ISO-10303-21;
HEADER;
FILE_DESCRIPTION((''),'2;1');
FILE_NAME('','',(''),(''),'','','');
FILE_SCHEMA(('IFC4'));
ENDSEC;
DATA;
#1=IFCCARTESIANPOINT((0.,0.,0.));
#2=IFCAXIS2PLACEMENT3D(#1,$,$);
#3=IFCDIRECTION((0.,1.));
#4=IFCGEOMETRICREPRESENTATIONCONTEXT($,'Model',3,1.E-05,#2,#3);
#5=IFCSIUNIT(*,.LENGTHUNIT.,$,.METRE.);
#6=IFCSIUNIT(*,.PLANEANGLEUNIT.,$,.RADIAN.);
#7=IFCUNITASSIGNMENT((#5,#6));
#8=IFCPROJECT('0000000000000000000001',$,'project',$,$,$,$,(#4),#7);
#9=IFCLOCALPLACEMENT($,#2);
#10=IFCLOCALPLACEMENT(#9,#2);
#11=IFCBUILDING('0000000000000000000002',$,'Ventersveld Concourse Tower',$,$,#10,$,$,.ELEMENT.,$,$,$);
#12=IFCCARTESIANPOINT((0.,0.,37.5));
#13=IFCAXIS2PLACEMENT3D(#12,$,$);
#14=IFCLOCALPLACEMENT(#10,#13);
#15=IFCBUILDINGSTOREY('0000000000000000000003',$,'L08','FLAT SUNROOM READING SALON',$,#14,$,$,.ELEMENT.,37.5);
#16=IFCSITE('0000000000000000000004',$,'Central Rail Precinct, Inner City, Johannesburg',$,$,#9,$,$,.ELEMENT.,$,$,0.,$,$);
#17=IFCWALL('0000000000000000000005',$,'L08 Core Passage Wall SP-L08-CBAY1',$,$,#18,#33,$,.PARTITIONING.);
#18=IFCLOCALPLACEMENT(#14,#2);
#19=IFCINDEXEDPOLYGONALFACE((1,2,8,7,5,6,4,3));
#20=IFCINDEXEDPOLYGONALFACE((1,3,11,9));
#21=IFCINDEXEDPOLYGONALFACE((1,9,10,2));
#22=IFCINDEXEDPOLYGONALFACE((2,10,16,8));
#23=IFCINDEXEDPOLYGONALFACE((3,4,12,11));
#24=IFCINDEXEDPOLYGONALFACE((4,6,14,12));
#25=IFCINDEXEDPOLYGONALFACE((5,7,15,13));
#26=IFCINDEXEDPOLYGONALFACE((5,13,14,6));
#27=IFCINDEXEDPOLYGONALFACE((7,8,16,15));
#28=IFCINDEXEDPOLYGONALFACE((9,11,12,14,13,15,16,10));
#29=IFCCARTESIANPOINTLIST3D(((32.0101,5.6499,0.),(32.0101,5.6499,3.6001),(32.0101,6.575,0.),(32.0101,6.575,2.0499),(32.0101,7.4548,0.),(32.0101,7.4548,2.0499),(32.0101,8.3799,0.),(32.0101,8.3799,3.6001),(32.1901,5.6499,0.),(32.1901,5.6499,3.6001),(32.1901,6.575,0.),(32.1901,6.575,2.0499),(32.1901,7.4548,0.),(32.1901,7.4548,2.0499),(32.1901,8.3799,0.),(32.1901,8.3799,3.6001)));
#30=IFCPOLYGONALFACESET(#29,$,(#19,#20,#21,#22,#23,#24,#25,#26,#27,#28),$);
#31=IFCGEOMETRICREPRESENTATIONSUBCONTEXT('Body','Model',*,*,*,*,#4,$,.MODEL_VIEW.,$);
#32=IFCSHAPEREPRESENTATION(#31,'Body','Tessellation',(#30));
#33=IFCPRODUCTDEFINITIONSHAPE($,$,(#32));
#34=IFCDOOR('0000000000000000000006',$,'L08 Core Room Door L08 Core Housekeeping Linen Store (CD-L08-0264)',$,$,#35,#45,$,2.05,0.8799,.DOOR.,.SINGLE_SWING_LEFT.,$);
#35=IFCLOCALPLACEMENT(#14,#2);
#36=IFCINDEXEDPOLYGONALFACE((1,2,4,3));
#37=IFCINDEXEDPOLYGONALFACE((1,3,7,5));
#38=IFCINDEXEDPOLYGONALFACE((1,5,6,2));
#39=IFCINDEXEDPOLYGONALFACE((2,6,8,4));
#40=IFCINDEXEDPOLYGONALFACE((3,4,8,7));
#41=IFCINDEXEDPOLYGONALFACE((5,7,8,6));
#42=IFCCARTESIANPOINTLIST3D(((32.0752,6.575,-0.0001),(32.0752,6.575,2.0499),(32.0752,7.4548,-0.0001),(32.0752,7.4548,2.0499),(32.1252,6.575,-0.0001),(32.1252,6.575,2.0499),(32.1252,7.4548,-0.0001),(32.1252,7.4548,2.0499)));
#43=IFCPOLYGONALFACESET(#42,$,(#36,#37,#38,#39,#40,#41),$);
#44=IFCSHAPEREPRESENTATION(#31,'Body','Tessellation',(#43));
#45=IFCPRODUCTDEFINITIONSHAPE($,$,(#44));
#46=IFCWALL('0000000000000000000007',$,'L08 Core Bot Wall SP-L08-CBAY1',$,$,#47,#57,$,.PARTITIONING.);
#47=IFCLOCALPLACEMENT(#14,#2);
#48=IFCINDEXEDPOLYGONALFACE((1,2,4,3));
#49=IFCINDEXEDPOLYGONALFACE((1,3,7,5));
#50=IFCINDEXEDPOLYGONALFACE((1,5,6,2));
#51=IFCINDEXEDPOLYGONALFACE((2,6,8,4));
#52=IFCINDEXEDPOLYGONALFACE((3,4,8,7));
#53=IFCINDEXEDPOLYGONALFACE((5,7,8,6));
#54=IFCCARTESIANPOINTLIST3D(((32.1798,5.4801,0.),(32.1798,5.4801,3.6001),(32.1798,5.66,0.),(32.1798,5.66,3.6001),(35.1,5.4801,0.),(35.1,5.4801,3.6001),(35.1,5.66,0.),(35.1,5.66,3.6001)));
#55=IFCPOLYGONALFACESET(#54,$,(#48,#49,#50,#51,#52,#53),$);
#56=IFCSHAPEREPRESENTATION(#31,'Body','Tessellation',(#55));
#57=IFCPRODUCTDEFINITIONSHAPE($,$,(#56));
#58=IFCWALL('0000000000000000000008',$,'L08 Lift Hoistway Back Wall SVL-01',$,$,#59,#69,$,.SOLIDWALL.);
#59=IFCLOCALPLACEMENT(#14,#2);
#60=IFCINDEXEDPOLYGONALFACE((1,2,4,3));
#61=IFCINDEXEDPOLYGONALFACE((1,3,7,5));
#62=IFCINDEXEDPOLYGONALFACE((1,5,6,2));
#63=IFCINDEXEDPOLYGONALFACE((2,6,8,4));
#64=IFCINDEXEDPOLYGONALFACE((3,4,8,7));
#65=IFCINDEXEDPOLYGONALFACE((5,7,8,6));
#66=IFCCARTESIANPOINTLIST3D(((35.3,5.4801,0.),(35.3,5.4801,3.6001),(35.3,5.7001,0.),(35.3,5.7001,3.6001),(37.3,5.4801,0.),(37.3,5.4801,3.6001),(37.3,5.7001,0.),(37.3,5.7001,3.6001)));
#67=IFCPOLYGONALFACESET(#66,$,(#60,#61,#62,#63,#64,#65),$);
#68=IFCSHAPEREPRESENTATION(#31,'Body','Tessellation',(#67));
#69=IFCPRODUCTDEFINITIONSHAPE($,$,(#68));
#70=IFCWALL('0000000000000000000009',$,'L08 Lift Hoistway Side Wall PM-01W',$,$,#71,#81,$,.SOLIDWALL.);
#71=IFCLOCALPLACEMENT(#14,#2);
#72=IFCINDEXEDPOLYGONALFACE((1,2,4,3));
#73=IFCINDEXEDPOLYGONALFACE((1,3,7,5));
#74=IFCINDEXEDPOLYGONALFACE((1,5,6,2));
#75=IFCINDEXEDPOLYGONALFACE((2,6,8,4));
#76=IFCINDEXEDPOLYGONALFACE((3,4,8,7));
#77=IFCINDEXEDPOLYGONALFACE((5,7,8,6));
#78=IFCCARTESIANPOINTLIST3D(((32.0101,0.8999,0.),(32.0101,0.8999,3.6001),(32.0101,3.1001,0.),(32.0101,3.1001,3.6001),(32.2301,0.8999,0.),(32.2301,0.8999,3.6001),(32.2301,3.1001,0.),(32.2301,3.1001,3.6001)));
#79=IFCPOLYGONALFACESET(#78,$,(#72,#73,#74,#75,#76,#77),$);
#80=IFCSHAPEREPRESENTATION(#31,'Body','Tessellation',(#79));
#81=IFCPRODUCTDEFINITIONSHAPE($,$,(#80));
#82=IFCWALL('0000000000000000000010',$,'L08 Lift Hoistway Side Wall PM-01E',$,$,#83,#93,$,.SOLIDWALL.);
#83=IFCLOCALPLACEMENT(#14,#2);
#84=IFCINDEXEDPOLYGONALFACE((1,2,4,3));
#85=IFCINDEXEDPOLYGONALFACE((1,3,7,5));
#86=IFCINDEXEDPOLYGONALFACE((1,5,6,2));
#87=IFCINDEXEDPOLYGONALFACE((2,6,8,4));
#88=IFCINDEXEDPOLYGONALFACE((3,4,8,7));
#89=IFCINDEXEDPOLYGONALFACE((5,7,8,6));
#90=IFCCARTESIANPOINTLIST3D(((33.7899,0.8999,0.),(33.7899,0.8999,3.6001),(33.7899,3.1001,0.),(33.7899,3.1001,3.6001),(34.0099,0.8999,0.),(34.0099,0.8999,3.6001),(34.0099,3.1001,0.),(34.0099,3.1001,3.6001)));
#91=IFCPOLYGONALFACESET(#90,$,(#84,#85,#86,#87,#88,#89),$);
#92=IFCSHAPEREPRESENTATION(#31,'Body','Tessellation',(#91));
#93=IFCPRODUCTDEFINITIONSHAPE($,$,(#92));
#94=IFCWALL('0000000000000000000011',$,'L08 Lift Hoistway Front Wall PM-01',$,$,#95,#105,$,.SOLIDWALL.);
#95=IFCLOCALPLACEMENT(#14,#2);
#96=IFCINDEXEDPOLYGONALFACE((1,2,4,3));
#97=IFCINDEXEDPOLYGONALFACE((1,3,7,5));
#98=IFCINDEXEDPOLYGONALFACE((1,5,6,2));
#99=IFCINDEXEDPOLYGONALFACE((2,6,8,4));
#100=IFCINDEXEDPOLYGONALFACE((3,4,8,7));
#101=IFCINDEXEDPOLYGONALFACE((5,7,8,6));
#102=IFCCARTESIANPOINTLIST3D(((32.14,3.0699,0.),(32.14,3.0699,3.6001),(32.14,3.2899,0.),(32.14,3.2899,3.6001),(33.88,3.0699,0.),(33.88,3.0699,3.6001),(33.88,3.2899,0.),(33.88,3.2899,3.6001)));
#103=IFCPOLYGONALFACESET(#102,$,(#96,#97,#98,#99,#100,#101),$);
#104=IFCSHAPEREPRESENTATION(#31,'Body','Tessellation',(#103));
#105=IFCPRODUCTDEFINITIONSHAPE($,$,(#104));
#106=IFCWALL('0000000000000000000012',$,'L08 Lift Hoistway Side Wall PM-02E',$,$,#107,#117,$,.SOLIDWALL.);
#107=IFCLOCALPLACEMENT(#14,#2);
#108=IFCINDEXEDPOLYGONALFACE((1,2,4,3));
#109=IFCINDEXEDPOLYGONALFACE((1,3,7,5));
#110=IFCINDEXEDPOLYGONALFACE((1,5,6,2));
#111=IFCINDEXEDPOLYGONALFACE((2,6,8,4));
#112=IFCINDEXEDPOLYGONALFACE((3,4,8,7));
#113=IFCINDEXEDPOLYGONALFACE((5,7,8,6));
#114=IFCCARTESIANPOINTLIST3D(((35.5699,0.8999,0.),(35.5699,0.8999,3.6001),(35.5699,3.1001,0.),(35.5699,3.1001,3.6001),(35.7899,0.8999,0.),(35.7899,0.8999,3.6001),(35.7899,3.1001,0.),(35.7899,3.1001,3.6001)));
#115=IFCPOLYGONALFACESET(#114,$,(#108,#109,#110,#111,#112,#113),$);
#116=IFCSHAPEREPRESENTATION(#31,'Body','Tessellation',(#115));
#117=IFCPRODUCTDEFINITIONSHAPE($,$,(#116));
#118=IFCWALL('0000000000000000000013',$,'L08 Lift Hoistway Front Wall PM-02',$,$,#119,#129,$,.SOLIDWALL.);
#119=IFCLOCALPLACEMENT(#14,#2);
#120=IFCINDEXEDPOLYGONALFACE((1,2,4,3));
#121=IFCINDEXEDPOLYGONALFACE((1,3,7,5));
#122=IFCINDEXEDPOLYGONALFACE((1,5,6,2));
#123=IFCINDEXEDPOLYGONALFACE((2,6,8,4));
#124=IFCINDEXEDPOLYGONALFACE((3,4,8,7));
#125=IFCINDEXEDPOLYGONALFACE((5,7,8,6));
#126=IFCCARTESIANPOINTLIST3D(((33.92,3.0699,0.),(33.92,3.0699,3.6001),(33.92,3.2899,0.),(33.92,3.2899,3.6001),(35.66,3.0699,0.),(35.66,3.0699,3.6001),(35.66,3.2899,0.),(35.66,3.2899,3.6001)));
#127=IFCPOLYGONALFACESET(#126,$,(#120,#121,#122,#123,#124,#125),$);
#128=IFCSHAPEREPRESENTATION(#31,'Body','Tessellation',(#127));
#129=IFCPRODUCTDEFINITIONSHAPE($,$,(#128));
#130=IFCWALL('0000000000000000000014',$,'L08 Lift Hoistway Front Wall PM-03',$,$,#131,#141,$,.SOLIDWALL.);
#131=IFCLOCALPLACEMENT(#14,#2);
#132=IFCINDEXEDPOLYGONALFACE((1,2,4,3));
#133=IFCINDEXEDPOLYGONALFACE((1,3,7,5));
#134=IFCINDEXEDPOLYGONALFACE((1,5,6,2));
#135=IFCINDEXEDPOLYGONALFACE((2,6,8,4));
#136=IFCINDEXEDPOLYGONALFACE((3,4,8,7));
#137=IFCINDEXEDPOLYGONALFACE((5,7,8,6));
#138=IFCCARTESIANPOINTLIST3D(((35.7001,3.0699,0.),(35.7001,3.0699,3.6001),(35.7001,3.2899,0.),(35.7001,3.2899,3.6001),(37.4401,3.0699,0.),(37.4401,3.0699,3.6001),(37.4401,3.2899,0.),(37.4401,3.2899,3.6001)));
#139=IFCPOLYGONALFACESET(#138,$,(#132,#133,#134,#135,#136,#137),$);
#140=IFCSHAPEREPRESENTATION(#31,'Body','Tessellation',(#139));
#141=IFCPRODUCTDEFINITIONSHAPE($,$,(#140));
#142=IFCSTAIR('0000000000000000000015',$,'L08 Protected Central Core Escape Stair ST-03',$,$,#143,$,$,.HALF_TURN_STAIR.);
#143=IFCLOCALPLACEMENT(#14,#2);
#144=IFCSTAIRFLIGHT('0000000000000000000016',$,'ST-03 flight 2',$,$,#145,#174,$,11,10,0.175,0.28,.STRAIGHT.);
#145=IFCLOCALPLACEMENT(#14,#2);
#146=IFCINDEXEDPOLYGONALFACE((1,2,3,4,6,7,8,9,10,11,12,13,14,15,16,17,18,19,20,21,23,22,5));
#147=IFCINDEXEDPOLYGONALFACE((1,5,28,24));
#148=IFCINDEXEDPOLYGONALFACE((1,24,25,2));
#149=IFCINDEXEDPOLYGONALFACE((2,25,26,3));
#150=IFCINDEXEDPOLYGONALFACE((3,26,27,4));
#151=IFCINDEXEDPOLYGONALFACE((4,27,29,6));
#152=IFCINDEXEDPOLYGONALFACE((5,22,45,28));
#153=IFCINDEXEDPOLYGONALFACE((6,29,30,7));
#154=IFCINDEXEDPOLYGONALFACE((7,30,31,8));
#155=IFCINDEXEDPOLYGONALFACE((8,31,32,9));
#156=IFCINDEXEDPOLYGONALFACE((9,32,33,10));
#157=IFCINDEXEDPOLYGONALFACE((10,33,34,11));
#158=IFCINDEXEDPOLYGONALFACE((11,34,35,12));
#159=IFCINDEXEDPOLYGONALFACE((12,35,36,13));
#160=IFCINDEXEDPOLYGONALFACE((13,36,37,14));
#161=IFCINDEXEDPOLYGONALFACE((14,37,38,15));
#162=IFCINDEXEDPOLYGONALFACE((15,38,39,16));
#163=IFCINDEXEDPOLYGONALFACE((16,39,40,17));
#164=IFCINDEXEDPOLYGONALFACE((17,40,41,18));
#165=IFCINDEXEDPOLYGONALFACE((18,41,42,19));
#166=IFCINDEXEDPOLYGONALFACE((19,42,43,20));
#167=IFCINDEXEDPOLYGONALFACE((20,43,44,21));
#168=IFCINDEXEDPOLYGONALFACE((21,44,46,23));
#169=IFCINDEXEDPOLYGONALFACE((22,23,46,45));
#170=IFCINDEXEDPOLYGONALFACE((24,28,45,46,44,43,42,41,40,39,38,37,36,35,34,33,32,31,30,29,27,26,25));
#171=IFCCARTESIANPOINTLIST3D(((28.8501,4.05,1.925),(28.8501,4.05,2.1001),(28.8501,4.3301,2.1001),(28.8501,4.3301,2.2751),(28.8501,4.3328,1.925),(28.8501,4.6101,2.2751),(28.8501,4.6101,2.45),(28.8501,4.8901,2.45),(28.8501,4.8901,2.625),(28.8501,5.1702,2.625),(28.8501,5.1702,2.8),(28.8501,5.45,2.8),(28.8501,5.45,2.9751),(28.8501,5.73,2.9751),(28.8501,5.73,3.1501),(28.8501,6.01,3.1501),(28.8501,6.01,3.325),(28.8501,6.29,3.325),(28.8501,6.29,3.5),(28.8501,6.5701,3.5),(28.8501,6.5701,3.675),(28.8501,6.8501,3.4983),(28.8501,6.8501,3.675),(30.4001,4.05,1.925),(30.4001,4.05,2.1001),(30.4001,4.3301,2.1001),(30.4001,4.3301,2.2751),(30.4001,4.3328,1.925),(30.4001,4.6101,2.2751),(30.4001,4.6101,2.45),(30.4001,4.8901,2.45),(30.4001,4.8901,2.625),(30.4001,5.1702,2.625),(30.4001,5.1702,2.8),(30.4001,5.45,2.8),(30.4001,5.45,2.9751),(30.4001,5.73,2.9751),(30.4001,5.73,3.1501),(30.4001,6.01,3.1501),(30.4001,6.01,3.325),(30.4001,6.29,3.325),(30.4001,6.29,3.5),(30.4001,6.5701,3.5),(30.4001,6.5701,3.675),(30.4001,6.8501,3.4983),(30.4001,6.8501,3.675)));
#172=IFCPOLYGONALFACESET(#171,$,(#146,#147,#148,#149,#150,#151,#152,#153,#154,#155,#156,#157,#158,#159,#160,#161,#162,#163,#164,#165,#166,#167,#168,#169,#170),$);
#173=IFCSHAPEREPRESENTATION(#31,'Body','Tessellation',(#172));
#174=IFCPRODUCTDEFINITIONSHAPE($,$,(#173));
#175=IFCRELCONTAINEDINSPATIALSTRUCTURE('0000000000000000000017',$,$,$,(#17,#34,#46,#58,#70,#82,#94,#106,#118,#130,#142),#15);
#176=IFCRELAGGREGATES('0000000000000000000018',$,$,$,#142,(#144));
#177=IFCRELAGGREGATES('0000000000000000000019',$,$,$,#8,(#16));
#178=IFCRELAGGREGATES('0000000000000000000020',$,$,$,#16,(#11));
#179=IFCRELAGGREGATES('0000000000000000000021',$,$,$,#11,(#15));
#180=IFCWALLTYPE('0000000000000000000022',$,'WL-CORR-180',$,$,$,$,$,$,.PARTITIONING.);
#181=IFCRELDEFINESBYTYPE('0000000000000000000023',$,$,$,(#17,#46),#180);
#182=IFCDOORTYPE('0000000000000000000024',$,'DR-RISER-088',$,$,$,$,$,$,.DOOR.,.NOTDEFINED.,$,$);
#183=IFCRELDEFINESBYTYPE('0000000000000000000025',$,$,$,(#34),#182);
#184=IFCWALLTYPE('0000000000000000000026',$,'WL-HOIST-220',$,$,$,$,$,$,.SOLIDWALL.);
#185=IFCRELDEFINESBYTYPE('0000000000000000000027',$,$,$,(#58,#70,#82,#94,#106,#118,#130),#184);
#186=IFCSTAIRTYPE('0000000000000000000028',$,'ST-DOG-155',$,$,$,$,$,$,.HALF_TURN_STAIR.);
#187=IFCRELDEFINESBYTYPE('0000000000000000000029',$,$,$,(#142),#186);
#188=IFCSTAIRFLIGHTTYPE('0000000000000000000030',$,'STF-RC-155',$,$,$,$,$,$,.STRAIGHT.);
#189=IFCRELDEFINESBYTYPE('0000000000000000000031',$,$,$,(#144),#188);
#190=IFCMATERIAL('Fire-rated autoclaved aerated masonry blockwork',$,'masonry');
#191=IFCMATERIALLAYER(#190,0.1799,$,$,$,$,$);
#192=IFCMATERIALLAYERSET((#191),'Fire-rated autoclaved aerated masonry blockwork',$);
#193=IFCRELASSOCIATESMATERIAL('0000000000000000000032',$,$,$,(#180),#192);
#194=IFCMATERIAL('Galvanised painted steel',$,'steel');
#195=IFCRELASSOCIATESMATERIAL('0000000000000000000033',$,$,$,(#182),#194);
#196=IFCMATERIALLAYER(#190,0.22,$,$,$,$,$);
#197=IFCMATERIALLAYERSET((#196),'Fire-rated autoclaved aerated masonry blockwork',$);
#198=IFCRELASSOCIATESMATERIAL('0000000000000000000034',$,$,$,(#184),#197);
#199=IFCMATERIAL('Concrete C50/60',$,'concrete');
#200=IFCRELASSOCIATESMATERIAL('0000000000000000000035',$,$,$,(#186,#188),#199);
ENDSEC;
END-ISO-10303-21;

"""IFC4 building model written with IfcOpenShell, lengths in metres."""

from ifc_helpers import new_model, si_unit, direction, frame, frame_2d, origin, place, context, subcontext, project, spatial, polyline, rectangle, outline, extrude, material, layer, layer_set, type_object, element, fill, aggregate, save


model = new_model("IFC4")

# Units and contexts
model_context = context("Model", 3, precision=1e-05, world=origin(), true_north=direction((0.0, 1.0)))
body_context = subcontext(model_context, "Body", "Model", "MODEL_VIEW")
ifc_project = project(units=[si_unit("LENGTHUNIT", "METRE"), si_unit("PLANEANGLEUNIT", "RADIAN")], contexts=[model_context])

# Site, building, storey
site_placement = place(None, origin())
site = spatial("IfcSite", under=ifc_project, at=site_placement, Name="Central Rail Precinct, Inner City, Johannesburg", CompositionType="ELEMENT", RefElevation=0.0)
building_placement = place(site_placement, origin())
building = spatial("IfcBuilding", under=site, at=building_placement, Name="Ventersveld Concourse Tower", CompositionType="ELEMENT")
storey_placement = place(building_placement, frame((0.0, 0.0, 37.5)))
storey = spatial("IfcBuildingStorey", under=building, at=storey_placement, Name="L08", Description="FLAT SUNROOM READING SALON", CompositionType="ELEMENT", Elevation=37.5)

# Shared definitions
ifc_material_1 = material(Name="Concrete C50/60", Category="concrete")

# Wall, opening, door
ifc_material_2 = material(Name="Fire-rated autoclaved aerated masonry blockwork", Category="masonry")
ifc_layer_1 = layer(ifc_material_2, 0.1799)
ifc_layer_set_1 = layer_set([ifc_layer_1], Name="Fire-rated autoclaved aerated masonry blockwork")
wall_type_1 = type_object("IfcWallType", Name="WL-CORR-180", PredefinedType="PARTITIONING", material=ifc_layer_set_1)
wall_1_placement = place(storey_placement, frame((32.1001, 5.6499, 0.0), z_axis=(0.0, 0.0, 1.0), x_axis=(0.0, 1.0, 0.0)))
wall_1 = element("IfcWall", 1, at=wall_1_placement, inside=storey, type_object=wall_type_1, Name="L08 Core Passage Wall SP-L08-CBAY1", PredefinedType="PARTITIONING", context=body_context, shape_type="SweptSolid", body=[
    extrude(rectangle(XDim=2.73, YDim=0.1799, at=frame_2d((1.365, 0.0))), origin(), (0.0, 0.0, 1.0), 3.6001),
])
opening_placement = place(wall_1_placement, frame((0.925, 0.0, 0.0)))
opening = element("IfcOpeningElement", 2, at=opening_placement, cuts=wall_1, PredefinedType="OPENING", context=body_context, shape_type="SweptSolid", body=[
    extrude(rectangle(XDim=0.8799, YDim=2.05, at=frame_2d((0.4399, 1.0249))), frame((0.0, 0.1001, 0.0), z_axis=(0.0, -1.0, 0.0), x_axis=(1.0, 0.0, 0.0)), (0.0, 0.0, 1.0), 0.2),
])
ifc_material_3 = material(Name="Galvanised painted steel", Category="steel")
door_type = type_object("IfcDoorType", Name="DR-RISER-088", OperationType="NOTDEFINED", PredefinedType="DOOR", material=ifc_material_3)
door_placement = place(opening_placement, origin())
door = element("IfcDoor", 3, at=door_placement, inside=storey, type_object=door_type, Name="L08 Core Room Door L08 Core Housekeeping Linen Store (CD-L08-0264)", OperationType="SINGLE_SWING_LEFT", OverallHeight=2.05, OverallWidth=0.8799, PredefinedType="DOOR", context=body_context, shape_type="SweptSolid", body=[
    extrude(rectangle(XDim=0.8799, YDim=2.05, at=frame_2d((0.4399, 1.0249))), frame((0.0, 0.0249, 0.0), z_axis=(0.0, -1.0, 0.0), x_axis=(1.0, 0.0, 0.0)), (0.0, 0.0, 1.0), 0.05),
])
fill(opening, door)

# Walls
wall_2_placement = place(storey_placement, frame((32.1799, 5.5701, 0.0), z_axis=(0.0, 0.0, 1.0), x_axis=(1.0, 0.0, 0.0)))
element("IfcWall", 4, at=wall_2_placement, inside=storey, type_object=wall_type_1, Name="L08 Core Bot Wall SP-L08-CBAY1", PredefinedType="PARTITIONING", context=body_context, shape_type="SweptSolid", body=[
    extrude(rectangle(XDim=2.9202, YDim=0.1799, at=frame_2d((1.46, 0.0))), origin(), (0.0, 0.0, 1.0), 3.6001),
])
ifc_layer_2 = layer(ifc_material_2, 0.22)
ifc_layer_set_2 = layer_set([ifc_layer_2], Name="Fire-rated autoclaved aerated masonry blockwork")
wall_type_2 = type_object("IfcWallType", Name="WL-HOIST-220", PredefinedType="SOLIDWALL", material=ifc_layer_set_2)
wall_3_placement = place(storey_placement, frame((35.3, 5.5901, 0.0), z_axis=(0.0, 0.0, 1.0), x_axis=(1.0, 0.0, 0.0)))
element("IfcWall", 5, at=wall_3_placement, inside=storey, type_object=wall_type_2, Name="L08 Lift Hoistway Back Wall SVL-01", PredefinedType="SOLIDWALL", context=body_context, shape_type="SweptSolid", body=[
    extrude(rectangle(XDim=2.0, YDim=0.22, at=frame_2d((1.0, 0.0))), origin(), (0.0, 0.0, 1.0), 3.6001),
])
for number, where, z_axis, x_axis, name in (
    (6, (32.1201, 0.8999, 0.0), (0.0, 0.0, 1.0), (0.0, 1.0, 0.0), "L08 Lift Hoistway Side Wall PM-01W"),
    (7, (33.8999, 0.8999, 0.0), (0.0, 0.0, 1.0), (0.0, 1.0, 0.0), "L08 Lift Hoistway Side Wall PM-01E"),
):
    element("IfcWall", number, at=place(storey_placement, frame(where, z_axis=z_axis, x_axis=x_axis)), inside=storey, type_object=wall_type_2, Name=name, PredefinedType="SOLIDWALL", context=body_context, shape_type="SweptSolid", body=[
        extrude(rectangle(XDim=2.2002, YDim=0.22, at=frame_2d((1.1001, 0.0))), origin(), (0.0, 0.0, 1.0), 3.6001),
    ])
wall_4_placement = place(storey_placement, frame((32.1399, 3.1799, 0.0), z_axis=(0.0, 0.0, 1.0), x_axis=(1.0, 0.0, 0.0)))
element("IfcWall", 8, at=wall_4_placement, inside=storey, type_object=wall_type_2, Name="L08 Lift Hoistway Front Wall PM-01", PredefinedType="SOLIDWALL", context=body_context, shape_type="SweptSolid", body=[
    extrude(rectangle(XDim=1.74, YDim=0.22, at=frame_2d((0.8701, 0.0))), origin(), (0.0, 0.0, 1.0), 3.6001),
])
wall_5_placement = place(storey_placement, frame((35.6799, 0.8999, 0.0), z_axis=(0.0, 0.0, 1.0), x_axis=(0.0, 1.0, 0.0)))
element("IfcWall", 9, at=wall_5_placement, inside=storey, type_object=wall_type_2, Name="L08 Lift Hoistway Side Wall PM-02E", PredefinedType="SOLIDWALL", context=body_context, shape_type="SweptSolid", body=[
    extrude(rectangle(XDim=2.2002, YDim=0.22, at=frame_2d((1.1001, 0.0))), origin(), (0.0, 0.0, 1.0), 3.6001),
])
for number, where, z_axis, x_axis, name in (
    (10, (33.9199, 3.1799, 0.0), (0.0, 0.0, 1.0), (1.0, 0.0, 0.0), "L08 Lift Hoistway Front Wall PM-02"),
    (11, (35.7, 3.1799, 0.0), (0.0, 0.0, 1.0), (1.0, 0.0, 0.0), "L08 Lift Hoistway Front Wall PM-03"),
):
    element("IfcWall", number, at=place(storey_placement, frame(where, z_axis=z_axis, x_axis=x_axis)), inside=storey, type_object=wall_type_2, Name=name, PredefinedType="SOLIDWALL", context=body_context, shape_type="SweptSolid", body=[
        extrude(rectangle(XDim=1.74, YDim=0.22, at=frame_2d((0.8701, 0.0))), origin(), (0.0, 0.0, 1.0), 3.6001),
    ])

# Stair, stair flight
stair_type = type_object("IfcStairType", Name="ST-DOG-155", PredefinedType="HALF_TURN_STAIR", material=ifc_material_1)
stair_placement = place(storey_placement, origin())
stair = element("IfcStair", 12, at=stair_placement, inside=storey, type_object=stair_type, Name="L08 Protected Central Core Escape Stair ST-03", PredefinedType="HALF_TURN_STAIR")
stair_flight_type = type_object("IfcStairFlightType", Name="STF-RC-155", PredefinedType="STRAIGHT", material=ifc_material_1)
stair_flight_placement = place(storey_placement, frame((29.625, 4.05, 1.925), z_axis=(0.0, 0.0, 1.0), x_axis=(0.0, 1.0, 0.0)))
stair_flight = element("IfcStairFlight", 13, at=stair_flight_placement, type_object=stair_flight_type, Name="ST-03 flight 2", NumberOfRisers=11, NumberOfTreads=10, PredefinedType="STRAIGHT", RiserHeight=0.175, TreadLength=0.28, context=body_context, shape_type="SweptSolid", body=[
    extrude(outline(polyline([(0.0, 0.0), (0.0, 0.175), (0.28, 0.175), (0.28, 0.3501), (0.5601, 0.3501), (0.5601, 0.5249), (0.8401, 0.5249), (0.8401, 0.7), (1.1201, 0.7), (1.1201, 0.875), (1.3999, 0.875), (1.3999, 1.05), (1.6799, 1.05), (1.6799, 1.2251), (1.96, 1.2251), (1.96, 1.3999), (2.24, 1.3999), (2.24, 1.575), (2.52, 1.575), (2.52, 1.75), (2.8, 1.75), (2.8, 1.925), (2.8, 1.5732), (0.2827, 0.0), (0.0, 0.0)])), frame((0.0, 0.7749, 0.0), z_axis=(0.0, -1.0, 0.0), x_axis=(1.0, 0.0, 0.0)), (0.0, 0.0, 1.0), 1.55),
])
aggregate(stair, [stair_flight])

save(model, "model.ifc")
